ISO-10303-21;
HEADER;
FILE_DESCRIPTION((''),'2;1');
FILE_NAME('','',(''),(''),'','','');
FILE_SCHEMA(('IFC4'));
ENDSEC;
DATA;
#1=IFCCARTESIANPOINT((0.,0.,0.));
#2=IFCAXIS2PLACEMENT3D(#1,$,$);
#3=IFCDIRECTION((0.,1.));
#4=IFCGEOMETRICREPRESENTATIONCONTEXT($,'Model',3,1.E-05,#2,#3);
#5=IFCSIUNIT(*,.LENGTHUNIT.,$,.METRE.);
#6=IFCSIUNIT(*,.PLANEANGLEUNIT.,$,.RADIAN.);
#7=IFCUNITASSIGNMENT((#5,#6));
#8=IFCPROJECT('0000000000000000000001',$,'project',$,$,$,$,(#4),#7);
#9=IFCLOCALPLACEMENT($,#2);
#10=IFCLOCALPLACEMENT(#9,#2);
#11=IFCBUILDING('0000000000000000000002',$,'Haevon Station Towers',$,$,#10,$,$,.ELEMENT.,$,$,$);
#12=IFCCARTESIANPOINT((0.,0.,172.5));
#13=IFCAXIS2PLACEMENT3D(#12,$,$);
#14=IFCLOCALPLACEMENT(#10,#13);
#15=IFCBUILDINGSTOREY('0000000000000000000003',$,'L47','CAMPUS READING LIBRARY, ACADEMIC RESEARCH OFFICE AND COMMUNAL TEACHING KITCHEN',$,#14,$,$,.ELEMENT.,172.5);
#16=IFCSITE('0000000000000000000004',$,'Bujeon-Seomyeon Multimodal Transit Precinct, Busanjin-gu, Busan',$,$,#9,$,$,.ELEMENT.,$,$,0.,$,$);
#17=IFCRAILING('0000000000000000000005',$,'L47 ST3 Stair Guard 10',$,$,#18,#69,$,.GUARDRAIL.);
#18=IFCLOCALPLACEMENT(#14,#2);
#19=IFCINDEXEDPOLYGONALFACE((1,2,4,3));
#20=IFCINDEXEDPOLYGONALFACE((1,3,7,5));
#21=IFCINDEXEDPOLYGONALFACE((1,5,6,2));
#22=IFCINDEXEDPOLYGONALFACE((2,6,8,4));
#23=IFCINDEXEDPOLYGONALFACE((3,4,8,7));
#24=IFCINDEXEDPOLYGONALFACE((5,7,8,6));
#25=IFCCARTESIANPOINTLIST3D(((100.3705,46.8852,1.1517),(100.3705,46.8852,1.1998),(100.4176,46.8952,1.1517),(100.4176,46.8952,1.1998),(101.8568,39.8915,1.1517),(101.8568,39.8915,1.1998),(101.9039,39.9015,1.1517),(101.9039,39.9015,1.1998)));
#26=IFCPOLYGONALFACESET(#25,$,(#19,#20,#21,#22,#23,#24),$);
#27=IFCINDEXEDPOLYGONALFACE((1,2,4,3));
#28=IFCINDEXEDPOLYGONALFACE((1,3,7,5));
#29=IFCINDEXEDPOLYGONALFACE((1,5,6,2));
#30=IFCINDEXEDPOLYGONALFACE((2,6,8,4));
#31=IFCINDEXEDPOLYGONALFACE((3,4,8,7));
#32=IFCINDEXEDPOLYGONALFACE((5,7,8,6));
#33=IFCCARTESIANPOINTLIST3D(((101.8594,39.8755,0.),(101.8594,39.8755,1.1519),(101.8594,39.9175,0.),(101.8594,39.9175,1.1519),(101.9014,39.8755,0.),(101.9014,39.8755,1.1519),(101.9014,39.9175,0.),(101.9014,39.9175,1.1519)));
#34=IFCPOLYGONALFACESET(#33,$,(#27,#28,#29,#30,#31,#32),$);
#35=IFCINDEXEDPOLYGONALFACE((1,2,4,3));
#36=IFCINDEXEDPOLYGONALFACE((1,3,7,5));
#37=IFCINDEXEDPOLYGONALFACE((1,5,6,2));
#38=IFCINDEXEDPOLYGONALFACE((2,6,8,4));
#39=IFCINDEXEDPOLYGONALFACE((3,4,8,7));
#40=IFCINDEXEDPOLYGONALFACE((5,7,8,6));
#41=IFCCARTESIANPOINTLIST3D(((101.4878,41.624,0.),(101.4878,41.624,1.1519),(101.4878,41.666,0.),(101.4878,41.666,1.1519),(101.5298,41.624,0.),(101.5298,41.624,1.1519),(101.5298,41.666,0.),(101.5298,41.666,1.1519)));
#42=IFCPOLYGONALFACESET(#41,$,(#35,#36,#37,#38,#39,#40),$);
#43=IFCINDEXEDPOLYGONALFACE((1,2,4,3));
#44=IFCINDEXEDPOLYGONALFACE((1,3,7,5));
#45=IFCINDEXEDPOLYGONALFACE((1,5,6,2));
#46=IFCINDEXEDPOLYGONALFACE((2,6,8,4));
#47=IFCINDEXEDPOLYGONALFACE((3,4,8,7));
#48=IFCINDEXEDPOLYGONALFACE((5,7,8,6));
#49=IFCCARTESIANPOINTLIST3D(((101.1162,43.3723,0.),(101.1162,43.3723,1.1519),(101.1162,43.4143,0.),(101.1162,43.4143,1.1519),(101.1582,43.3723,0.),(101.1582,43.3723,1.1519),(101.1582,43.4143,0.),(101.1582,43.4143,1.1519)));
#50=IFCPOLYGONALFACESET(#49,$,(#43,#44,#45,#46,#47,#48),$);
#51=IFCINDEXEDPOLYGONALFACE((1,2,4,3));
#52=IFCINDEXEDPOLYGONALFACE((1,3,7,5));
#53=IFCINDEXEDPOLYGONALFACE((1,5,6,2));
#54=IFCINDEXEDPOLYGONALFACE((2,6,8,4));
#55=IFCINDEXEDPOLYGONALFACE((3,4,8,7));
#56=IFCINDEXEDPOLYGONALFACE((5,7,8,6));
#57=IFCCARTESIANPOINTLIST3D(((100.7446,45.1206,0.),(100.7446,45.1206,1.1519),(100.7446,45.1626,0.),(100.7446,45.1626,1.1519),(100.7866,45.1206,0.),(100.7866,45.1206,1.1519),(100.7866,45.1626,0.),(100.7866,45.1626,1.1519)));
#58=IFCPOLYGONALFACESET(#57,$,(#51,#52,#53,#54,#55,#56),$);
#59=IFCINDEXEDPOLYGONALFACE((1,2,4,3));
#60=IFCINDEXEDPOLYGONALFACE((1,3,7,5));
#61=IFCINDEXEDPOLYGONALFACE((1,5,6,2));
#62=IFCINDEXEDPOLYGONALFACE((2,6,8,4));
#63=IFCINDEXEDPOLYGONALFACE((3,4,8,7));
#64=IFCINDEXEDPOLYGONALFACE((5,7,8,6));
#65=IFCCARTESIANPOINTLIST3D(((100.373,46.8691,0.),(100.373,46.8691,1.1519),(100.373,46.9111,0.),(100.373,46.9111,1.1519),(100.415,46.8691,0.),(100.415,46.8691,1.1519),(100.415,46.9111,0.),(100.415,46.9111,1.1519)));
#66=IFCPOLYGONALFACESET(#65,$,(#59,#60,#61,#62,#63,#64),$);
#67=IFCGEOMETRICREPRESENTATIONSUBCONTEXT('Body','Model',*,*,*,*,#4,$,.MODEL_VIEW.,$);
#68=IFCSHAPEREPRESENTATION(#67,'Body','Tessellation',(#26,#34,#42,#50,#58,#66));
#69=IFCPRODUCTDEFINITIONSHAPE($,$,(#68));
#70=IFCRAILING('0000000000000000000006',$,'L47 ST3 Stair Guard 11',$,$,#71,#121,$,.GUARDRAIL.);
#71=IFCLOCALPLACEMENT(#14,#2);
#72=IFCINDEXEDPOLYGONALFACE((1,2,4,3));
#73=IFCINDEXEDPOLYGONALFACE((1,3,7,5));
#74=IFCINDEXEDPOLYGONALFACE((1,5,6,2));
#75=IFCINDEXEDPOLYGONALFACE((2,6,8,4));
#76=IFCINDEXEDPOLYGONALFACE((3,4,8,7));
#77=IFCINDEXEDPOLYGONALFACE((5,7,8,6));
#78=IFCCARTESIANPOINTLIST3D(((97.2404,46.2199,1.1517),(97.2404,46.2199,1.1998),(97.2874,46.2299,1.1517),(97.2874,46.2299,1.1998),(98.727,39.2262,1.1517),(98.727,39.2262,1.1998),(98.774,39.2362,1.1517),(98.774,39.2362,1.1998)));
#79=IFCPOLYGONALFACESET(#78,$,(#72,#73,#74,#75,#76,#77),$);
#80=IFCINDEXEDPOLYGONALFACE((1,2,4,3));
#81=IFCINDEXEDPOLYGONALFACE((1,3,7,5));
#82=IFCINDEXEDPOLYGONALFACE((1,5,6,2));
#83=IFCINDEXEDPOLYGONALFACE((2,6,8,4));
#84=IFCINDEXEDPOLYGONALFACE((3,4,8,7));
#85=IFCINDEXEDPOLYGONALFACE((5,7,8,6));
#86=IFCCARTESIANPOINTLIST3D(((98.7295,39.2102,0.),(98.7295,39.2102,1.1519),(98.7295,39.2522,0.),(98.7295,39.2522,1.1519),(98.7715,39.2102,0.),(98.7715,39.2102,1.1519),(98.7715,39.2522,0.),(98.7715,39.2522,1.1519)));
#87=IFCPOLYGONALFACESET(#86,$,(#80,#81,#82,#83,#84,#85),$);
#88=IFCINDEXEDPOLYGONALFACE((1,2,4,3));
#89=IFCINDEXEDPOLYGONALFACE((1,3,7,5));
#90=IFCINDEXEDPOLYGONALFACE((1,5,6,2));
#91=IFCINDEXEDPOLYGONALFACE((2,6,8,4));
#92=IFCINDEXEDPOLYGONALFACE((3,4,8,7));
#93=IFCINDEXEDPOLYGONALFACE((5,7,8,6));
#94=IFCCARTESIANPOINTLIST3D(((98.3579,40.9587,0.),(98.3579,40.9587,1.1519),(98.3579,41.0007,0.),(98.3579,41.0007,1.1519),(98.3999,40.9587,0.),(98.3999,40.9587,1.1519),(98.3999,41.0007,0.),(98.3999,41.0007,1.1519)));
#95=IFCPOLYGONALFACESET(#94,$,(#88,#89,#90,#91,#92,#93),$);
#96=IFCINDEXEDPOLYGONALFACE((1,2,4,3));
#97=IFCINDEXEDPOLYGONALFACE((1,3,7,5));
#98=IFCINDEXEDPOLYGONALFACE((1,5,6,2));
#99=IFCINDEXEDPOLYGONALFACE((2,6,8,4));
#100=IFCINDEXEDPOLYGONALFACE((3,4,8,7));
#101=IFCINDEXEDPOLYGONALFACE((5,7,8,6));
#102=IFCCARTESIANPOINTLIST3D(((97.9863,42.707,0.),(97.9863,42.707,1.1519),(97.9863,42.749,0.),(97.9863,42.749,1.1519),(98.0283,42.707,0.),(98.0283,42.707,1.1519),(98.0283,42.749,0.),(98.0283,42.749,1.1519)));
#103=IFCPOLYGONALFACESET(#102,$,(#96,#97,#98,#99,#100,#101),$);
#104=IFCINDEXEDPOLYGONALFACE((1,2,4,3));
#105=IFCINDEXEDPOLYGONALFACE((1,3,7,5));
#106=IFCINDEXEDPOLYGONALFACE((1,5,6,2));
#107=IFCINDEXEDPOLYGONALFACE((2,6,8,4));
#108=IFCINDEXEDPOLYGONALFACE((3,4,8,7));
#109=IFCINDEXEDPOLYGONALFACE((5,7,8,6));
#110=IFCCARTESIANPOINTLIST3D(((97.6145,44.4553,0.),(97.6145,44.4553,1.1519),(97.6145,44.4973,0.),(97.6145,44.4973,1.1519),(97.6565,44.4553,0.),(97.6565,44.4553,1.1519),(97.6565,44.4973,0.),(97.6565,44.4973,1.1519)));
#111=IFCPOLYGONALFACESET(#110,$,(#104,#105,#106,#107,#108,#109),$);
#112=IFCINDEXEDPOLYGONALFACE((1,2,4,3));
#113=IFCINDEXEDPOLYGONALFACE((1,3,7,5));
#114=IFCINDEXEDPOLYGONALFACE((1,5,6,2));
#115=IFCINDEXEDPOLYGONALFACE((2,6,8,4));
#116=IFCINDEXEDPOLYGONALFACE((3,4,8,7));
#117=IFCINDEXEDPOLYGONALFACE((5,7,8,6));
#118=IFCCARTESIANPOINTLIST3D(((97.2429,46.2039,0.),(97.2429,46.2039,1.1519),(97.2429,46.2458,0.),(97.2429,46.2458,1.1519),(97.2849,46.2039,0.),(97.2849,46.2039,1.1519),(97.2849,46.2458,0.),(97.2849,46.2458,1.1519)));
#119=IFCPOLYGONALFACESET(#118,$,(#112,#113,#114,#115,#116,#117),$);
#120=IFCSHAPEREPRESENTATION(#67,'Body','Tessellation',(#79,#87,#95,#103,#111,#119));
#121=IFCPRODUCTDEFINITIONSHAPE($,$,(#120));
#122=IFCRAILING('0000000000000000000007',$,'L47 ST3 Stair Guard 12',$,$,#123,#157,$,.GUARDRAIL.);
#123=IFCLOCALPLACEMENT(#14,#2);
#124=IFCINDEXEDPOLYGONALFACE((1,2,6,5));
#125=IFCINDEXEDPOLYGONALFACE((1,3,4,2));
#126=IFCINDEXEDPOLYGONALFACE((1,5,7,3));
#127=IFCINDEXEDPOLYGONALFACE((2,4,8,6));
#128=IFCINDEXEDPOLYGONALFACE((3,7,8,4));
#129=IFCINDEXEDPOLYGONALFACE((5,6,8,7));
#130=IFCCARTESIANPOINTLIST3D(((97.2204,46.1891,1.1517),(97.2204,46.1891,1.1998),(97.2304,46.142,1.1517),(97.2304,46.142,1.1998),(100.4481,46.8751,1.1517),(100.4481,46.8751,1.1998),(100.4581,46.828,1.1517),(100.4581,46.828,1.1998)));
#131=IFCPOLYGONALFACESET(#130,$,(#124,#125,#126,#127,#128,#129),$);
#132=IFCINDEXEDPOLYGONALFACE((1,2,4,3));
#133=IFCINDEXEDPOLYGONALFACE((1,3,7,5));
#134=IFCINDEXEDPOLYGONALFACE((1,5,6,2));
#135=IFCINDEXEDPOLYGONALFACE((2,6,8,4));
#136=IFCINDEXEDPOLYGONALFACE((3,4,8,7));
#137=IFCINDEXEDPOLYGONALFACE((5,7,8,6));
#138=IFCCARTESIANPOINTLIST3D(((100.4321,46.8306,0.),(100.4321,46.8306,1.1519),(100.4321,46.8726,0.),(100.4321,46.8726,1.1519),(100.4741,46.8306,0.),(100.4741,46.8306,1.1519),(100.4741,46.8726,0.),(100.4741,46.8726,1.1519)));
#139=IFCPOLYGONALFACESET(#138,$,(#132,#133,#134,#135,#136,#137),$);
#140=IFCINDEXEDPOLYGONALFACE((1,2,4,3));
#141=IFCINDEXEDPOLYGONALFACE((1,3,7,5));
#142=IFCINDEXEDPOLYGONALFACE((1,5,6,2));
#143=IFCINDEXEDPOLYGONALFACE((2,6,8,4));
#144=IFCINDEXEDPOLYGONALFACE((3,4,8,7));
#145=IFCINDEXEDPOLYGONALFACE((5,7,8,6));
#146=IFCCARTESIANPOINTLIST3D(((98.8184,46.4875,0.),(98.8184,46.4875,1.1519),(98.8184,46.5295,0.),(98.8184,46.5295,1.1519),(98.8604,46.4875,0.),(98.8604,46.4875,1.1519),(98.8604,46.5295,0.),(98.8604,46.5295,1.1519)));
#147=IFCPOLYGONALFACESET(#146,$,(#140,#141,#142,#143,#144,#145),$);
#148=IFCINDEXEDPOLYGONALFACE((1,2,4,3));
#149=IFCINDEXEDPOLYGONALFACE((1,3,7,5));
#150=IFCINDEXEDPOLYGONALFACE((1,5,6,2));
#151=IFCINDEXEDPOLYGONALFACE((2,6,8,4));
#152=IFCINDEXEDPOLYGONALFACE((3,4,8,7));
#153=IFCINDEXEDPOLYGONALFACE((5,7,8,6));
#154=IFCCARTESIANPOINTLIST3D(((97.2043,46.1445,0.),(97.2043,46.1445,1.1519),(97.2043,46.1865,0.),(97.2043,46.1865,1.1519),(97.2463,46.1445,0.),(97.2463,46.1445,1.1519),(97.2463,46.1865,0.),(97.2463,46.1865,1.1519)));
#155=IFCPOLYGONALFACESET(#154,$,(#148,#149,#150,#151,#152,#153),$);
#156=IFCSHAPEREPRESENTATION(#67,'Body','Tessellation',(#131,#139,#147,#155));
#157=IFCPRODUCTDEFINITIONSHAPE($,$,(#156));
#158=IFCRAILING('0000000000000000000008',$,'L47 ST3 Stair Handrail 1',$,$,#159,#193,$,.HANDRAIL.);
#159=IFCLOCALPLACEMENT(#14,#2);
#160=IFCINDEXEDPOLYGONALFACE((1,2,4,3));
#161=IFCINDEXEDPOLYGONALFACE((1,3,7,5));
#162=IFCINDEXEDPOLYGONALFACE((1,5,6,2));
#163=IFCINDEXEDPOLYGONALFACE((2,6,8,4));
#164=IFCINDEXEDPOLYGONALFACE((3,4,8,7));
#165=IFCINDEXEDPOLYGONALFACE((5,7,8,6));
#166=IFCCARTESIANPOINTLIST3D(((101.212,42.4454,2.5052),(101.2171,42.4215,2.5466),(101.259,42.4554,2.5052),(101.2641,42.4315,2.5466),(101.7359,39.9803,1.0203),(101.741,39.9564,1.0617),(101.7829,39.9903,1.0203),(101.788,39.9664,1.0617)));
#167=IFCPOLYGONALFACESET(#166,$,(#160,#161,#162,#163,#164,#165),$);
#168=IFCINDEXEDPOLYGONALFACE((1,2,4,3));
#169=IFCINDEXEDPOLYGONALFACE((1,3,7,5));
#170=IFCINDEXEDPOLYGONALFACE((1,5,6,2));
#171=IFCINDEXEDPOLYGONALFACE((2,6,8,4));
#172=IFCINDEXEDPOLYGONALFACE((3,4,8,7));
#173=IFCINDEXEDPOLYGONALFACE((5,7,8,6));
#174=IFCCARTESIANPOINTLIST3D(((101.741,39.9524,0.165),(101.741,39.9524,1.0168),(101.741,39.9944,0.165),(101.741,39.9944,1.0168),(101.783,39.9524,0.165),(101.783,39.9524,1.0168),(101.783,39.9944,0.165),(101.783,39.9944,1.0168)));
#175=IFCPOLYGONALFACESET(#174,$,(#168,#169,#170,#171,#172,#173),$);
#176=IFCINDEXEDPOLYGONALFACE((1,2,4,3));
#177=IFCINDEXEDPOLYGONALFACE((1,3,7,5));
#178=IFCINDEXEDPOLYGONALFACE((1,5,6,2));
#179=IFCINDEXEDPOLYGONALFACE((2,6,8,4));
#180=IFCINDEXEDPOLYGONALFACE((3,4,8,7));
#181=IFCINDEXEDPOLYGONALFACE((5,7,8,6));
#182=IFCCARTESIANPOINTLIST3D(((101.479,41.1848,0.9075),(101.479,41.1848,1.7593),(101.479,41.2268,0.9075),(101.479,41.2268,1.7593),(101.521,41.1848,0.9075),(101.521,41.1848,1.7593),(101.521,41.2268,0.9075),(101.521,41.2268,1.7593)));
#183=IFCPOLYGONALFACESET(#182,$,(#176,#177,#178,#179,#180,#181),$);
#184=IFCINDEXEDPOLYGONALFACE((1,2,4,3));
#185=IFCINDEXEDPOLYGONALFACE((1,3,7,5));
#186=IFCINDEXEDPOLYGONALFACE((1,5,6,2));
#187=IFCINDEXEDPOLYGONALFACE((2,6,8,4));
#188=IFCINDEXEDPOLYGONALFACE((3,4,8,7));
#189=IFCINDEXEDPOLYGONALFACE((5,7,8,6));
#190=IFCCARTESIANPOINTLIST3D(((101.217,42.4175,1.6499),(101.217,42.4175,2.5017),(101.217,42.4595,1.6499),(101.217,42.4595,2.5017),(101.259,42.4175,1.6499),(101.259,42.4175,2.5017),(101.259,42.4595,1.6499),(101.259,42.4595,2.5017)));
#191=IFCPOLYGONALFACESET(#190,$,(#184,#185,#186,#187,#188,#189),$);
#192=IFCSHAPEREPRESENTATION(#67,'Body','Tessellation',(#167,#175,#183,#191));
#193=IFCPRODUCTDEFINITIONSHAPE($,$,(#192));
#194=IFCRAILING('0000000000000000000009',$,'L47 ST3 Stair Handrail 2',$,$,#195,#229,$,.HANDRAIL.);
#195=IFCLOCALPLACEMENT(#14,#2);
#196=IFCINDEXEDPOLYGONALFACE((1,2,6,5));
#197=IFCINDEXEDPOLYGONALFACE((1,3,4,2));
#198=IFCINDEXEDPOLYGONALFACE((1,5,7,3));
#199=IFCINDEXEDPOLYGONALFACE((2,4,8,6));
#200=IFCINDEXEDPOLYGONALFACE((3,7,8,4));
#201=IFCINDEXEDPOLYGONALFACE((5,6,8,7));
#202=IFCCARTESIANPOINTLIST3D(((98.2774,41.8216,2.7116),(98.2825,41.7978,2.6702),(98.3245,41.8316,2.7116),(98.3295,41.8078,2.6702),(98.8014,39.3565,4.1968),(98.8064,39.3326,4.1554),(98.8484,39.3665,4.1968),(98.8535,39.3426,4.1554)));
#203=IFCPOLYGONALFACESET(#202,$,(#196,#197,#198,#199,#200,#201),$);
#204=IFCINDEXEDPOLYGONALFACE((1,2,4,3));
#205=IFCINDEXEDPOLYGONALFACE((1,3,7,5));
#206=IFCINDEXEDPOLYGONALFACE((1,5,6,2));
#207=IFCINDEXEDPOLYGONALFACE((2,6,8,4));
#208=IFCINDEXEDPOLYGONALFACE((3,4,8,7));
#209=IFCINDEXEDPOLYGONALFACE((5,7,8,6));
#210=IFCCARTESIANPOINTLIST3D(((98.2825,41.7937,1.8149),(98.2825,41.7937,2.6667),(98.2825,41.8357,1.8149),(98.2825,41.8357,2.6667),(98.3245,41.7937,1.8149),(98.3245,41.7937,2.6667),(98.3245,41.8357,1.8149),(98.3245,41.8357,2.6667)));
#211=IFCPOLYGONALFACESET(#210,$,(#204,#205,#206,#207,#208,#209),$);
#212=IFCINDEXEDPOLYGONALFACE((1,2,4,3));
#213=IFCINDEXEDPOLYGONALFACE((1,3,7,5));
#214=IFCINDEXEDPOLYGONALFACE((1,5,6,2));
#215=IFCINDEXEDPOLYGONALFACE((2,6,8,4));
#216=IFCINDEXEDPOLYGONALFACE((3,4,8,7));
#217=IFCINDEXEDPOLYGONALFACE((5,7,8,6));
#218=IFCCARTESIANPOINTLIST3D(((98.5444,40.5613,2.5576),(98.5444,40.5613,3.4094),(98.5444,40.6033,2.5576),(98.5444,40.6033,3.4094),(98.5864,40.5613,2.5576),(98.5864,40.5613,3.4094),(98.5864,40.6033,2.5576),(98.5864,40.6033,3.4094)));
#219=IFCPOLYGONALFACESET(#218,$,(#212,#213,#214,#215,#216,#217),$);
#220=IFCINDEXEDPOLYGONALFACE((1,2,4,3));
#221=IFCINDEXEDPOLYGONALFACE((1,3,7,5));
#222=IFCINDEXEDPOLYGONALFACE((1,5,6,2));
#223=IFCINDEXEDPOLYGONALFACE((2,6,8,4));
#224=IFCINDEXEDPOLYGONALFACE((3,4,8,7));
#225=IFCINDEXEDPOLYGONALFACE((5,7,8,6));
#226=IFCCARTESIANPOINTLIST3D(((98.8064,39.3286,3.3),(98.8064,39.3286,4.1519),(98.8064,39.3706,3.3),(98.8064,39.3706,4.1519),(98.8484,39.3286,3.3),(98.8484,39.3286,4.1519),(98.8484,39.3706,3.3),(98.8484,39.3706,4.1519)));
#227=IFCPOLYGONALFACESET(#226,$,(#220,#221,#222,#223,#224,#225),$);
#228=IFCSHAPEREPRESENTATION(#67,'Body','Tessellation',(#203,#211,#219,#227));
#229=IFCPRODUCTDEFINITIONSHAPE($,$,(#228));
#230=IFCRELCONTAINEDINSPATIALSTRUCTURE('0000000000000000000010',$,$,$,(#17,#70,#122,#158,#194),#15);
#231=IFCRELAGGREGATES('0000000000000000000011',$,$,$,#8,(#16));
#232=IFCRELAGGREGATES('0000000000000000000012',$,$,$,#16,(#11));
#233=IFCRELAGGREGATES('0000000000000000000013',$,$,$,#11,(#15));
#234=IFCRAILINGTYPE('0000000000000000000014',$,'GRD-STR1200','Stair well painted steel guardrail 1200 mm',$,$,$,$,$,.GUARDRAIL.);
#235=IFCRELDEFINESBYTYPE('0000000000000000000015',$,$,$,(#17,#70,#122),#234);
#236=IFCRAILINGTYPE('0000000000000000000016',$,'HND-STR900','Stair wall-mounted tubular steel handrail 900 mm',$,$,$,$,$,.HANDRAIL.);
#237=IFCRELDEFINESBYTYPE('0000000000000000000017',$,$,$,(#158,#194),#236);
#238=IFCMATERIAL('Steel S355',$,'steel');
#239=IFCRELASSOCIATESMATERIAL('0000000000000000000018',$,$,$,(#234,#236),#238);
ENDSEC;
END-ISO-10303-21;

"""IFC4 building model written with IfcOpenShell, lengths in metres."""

from ifc_helpers import new_model, si_unit, direction, frame, origin, origin_2d, place, context, subcontext, project, spatial, rectangle, extrude, material, type_object, element, save


model = new_model("IFC4")

# Units and contexts
model_context = context("Model", 3, precision=1e-05, world=origin(), true_north=direction((0.0, 1.0)))
body_context = subcontext(model_context, "Body", "Model", "MODEL_VIEW")
ifc_project = project(units=[si_unit("LENGTHUNIT", "METRE"), si_unit("PLANEANGLEUNIT", "RADIAN")], contexts=[model_context])

# Site, building, storey
site_placement = place(None, origin())
site = spatial("IfcSite", under=ifc_project, at=site_placement, Name="Bujeon-Seomyeon Multimodal Transit Precinct, Busanjin-gu, Busan", CompositionType="ELEMENT", RefElevation=0.0)
building_placement = place(site_placement, origin())
building = spatial("IfcBuilding", under=site, at=building_placement, Name="Haevon Station Towers", CompositionType="ELEMENT")
storey_placement = place(building_placement, frame((0.0, 0.0, 172.5)))
storey = spatial("IfcBuildingStorey", under=building, at=storey_placement, Name="L47", Description="CAMPUS READING LIBRARY, ACADEMIC RESEARCH OFFICE AND COMMUNAL TEACHING KITCHEN", CompositionType="ELEMENT", Elevation=172.5)

# Shared definitions
ifc_material_1 = material(Name="Steel S355", Category="steel")

# Railings
railing_type_1 = type_object("IfcRailingType", Name="GRD-STR1200", Description="Stair well painted steel guardrail 1200 mm", PredefinedType="GUARDRAIL", material=ifc_material_1)
railing_1_placement = place(storey_placement, frame((101.8804, 39.8965, 0.0)))
element("IfcRailing", 1, at=railing_1_placement, inside=storey, type_object=railing_type_1, Name="L47 ST3 Stair Guard 10", PredefinedType="GUARDRAIL", context=body_context, shape_type="SweptSolid", body=[
    extrude(rectangle(XDim=0.0481, YDim=0.0481, at=origin_2d()), frame((0.0, 0.0, 1.1758), z_axis=(-0.207882, 0.978154, 0.0), x_axis=(-0.978154, -0.207882, 0.0)), (0.0, 0.0, 1.0), 7.1499),
    extrude(rectangle(XDim=0.042, YDim=0.042, at=origin_2d()), origin(), (0.0, 0.0, 1.0), 1.1519),
    extrude(rectangle(XDim=0.042, YDim=0.042, at=origin_2d()), frame((-0.3716, 1.7485, 0.0)), (0.0, 0.0, 1.0), 1.1519),
    extrude(rectangle(XDim=0.042, YDim=0.042, at=origin_2d()), frame((-0.7432, 3.4968, 0.0)), (0.0, 0.0, 1.0), 1.1519),
    extrude(rectangle(XDim=0.042, YDim=0.042, at=origin_2d()), frame((-1.1147, 5.2451, 0.0)), (0.0, 0.0, 1.0), 1.1519),
    extrude(rectangle(XDim=0.042, YDim=0.042, at=origin_2d()), frame((-1.4863, 6.9937, 0.0)), (0.0, 0.0, 1.0), 1.1519),
])
railing_2_placement = place(storey_placement, frame((98.7505, 39.2312, 0.0)))
element("IfcRailing", 2, at=railing_2_placement, inside=storey, type_object=railing_type_1, Name="L47 ST3 Stair Guard 11", PredefinedType="GUARDRAIL", context=body_context, shape_type="SweptSolid", body=[
    extrude(rectangle(XDim=0.0481, YDim=0.0481, at=origin_2d()), frame((0.0, 0.0, 1.1758), z_axis=(-0.207915, 0.978147, 0.0), x_axis=(-0.978147, -0.207915, 0.0)), (0.0, 0.0, 1.0), 7.1499),
    extrude(rectangle(XDim=0.042, YDim=0.042, at=origin_2d()), origin(), (0.0, 0.0, 1.0), 1.1519),
    extrude(rectangle(XDim=0.042, YDim=0.042, at=origin_2d()), frame((-0.3716, 1.7485, 0.0)), (0.0, 0.0, 1.0), 1.1519),
    extrude(rectangle(XDim=0.042, YDim=0.042, at=origin_2d()), frame((-0.7432, 3.4968, 0.0)), (0.0, 0.0, 1.0), 1.1519),
    extrude(rectangle(XDim=0.042, YDim=0.042, at=origin_2d()), frame((-1.115, 5.2451, 0.0)), (0.0, 0.0, 1.0), 1.1519),
    extrude(rectangle(XDim=0.042, YDim=0.042, at=origin_2d()), frame((-1.4866, 6.9937, 0.0)), (0.0, 0.0, 1.0), 1.1519),
])
railing_3_placement = place(storey_placement, frame((100.4531, 46.8516, 0.0)))
element("IfcRailing", 3, at=railing_3_placement, inside=storey, type_object=railing_type_1, Name="L47 ST3 Stair Guard 12", PredefinedType="GUARDRAIL", context=body_context, shape_type="SweptSolid", body=[
    extrude(rectangle(XDim=0.0481, YDim=0.0481, at=origin_2d()), frame((0.0, 0.0, 1.1758), z_axis=(-0.978151, -0.207897, 0.0), x_axis=(0.207897, -0.978151, 0.0)), (0.0, 0.0, 1.0), 3.2998),
    extrude(rectangle(XDim=0.042, YDim=0.042, at=origin_2d()), origin(), (0.0, 0.0, 1.0), 1.1519),
    extrude(rectangle(XDim=0.042, YDim=0.042, at=origin_2d()), frame((-1.6138, -0.343, 0.0)), (0.0, 0.0, 1.0), 1.1519),
    extrude(rectangle(XDim=0.042, YDim=0.042, at=origin_2d()), frame((-3.2278, -0.686, 0.0)), (0.0, 0.0, 1.0), 1.1519),
])
railing_type_2 = type_object("IfcRailingType", Name="HND-STR900", Description="Stair wall-mounted tubular steel handrail 900 mm", PredefinedType="HANDRAIL", material=ifc_material_1)
railing_4_placement = place(storey_placement, frame((101.762, 39.9734, 0.165)))
element("IfcRailing", 4, at=railing_4_placement, inside=storey, type_object=railing_type_2, Name="L47 ST3 Stair Handrail 1", PredefinedType="HANDRAIL", context=body_context, shape_type="SweptSolid", body=[
    extrude(rectangle(XDim=0.0481, YDim=0.0481, at=origin_2d()), frame((0.0, 0.0, 0.876), z_axis=(-0.179116, 0.842748, 0.507635), x_axis=(-0.978151, -0.207895, 0.0)), (0.0, 0.0, 1.0), 2.925),
    extrude(rectangle(XDim=0.042, YDim=0.042, at=origin_2d()), origin(), (0.0, 0.0, 1.0), 0.8518),
    extrude(rectangle(XDim=0.042, YDim=0.042, at=origin_2d()), frame((-0.262, 1.2324, 0.7424)), (0.0, 0.0, 1.0), 0.8518),
    extrude(rectangle(XDim=0.042, YDim=0.042, at=origin_2d()), frame((-0.5239, 2.4651, 1.4849)), (0.0, 0.0, 1.0), 0.8518),
])
railing_5_placement = place(storey_placement, frame((98.3035, 41.8147, 1.8149)))
element("IfcRailing", 5, at=railing_5_placement, inside=storey, type_object=railing_type_2, Name="L47 ST3 Stair Handrail 2", PredefinedType="HANDRAIL", context=body_context, shape_type="SweptSolid", body=[
    extrude(rectangle(XDim=0.0481, YDim=0.0481, at=origin_2d()), frame((0.0, 0.0, 0.876), z_axis=(0.179109, -0.842712, 0.507697), x_axis=(0.978151, 0.207895, 0.0)), (0.0, 0.0, 1.0), 2.9253),
    extrude(rectangle(XDim=0.042, YDim=0.042, at=origin_2d()), origin(), (0.0, 0.0, 1.0), 0.8518),
    extrude(rectangle(XDim=0.042, YDim=0.042, at=origin_2d()), frame((0.262, -1.2324, 0.7427)), (0.0, 0.0, 1.0), 0.8518),
    extrude(rectangle(XDim=0.042, YDim=0.042, at=origin_2d()), frame((0.5239, -2.4651, 1.4851)), (0.0, 0.0, 1.0), 0.8518),
])

save(model, "model.ifc")
